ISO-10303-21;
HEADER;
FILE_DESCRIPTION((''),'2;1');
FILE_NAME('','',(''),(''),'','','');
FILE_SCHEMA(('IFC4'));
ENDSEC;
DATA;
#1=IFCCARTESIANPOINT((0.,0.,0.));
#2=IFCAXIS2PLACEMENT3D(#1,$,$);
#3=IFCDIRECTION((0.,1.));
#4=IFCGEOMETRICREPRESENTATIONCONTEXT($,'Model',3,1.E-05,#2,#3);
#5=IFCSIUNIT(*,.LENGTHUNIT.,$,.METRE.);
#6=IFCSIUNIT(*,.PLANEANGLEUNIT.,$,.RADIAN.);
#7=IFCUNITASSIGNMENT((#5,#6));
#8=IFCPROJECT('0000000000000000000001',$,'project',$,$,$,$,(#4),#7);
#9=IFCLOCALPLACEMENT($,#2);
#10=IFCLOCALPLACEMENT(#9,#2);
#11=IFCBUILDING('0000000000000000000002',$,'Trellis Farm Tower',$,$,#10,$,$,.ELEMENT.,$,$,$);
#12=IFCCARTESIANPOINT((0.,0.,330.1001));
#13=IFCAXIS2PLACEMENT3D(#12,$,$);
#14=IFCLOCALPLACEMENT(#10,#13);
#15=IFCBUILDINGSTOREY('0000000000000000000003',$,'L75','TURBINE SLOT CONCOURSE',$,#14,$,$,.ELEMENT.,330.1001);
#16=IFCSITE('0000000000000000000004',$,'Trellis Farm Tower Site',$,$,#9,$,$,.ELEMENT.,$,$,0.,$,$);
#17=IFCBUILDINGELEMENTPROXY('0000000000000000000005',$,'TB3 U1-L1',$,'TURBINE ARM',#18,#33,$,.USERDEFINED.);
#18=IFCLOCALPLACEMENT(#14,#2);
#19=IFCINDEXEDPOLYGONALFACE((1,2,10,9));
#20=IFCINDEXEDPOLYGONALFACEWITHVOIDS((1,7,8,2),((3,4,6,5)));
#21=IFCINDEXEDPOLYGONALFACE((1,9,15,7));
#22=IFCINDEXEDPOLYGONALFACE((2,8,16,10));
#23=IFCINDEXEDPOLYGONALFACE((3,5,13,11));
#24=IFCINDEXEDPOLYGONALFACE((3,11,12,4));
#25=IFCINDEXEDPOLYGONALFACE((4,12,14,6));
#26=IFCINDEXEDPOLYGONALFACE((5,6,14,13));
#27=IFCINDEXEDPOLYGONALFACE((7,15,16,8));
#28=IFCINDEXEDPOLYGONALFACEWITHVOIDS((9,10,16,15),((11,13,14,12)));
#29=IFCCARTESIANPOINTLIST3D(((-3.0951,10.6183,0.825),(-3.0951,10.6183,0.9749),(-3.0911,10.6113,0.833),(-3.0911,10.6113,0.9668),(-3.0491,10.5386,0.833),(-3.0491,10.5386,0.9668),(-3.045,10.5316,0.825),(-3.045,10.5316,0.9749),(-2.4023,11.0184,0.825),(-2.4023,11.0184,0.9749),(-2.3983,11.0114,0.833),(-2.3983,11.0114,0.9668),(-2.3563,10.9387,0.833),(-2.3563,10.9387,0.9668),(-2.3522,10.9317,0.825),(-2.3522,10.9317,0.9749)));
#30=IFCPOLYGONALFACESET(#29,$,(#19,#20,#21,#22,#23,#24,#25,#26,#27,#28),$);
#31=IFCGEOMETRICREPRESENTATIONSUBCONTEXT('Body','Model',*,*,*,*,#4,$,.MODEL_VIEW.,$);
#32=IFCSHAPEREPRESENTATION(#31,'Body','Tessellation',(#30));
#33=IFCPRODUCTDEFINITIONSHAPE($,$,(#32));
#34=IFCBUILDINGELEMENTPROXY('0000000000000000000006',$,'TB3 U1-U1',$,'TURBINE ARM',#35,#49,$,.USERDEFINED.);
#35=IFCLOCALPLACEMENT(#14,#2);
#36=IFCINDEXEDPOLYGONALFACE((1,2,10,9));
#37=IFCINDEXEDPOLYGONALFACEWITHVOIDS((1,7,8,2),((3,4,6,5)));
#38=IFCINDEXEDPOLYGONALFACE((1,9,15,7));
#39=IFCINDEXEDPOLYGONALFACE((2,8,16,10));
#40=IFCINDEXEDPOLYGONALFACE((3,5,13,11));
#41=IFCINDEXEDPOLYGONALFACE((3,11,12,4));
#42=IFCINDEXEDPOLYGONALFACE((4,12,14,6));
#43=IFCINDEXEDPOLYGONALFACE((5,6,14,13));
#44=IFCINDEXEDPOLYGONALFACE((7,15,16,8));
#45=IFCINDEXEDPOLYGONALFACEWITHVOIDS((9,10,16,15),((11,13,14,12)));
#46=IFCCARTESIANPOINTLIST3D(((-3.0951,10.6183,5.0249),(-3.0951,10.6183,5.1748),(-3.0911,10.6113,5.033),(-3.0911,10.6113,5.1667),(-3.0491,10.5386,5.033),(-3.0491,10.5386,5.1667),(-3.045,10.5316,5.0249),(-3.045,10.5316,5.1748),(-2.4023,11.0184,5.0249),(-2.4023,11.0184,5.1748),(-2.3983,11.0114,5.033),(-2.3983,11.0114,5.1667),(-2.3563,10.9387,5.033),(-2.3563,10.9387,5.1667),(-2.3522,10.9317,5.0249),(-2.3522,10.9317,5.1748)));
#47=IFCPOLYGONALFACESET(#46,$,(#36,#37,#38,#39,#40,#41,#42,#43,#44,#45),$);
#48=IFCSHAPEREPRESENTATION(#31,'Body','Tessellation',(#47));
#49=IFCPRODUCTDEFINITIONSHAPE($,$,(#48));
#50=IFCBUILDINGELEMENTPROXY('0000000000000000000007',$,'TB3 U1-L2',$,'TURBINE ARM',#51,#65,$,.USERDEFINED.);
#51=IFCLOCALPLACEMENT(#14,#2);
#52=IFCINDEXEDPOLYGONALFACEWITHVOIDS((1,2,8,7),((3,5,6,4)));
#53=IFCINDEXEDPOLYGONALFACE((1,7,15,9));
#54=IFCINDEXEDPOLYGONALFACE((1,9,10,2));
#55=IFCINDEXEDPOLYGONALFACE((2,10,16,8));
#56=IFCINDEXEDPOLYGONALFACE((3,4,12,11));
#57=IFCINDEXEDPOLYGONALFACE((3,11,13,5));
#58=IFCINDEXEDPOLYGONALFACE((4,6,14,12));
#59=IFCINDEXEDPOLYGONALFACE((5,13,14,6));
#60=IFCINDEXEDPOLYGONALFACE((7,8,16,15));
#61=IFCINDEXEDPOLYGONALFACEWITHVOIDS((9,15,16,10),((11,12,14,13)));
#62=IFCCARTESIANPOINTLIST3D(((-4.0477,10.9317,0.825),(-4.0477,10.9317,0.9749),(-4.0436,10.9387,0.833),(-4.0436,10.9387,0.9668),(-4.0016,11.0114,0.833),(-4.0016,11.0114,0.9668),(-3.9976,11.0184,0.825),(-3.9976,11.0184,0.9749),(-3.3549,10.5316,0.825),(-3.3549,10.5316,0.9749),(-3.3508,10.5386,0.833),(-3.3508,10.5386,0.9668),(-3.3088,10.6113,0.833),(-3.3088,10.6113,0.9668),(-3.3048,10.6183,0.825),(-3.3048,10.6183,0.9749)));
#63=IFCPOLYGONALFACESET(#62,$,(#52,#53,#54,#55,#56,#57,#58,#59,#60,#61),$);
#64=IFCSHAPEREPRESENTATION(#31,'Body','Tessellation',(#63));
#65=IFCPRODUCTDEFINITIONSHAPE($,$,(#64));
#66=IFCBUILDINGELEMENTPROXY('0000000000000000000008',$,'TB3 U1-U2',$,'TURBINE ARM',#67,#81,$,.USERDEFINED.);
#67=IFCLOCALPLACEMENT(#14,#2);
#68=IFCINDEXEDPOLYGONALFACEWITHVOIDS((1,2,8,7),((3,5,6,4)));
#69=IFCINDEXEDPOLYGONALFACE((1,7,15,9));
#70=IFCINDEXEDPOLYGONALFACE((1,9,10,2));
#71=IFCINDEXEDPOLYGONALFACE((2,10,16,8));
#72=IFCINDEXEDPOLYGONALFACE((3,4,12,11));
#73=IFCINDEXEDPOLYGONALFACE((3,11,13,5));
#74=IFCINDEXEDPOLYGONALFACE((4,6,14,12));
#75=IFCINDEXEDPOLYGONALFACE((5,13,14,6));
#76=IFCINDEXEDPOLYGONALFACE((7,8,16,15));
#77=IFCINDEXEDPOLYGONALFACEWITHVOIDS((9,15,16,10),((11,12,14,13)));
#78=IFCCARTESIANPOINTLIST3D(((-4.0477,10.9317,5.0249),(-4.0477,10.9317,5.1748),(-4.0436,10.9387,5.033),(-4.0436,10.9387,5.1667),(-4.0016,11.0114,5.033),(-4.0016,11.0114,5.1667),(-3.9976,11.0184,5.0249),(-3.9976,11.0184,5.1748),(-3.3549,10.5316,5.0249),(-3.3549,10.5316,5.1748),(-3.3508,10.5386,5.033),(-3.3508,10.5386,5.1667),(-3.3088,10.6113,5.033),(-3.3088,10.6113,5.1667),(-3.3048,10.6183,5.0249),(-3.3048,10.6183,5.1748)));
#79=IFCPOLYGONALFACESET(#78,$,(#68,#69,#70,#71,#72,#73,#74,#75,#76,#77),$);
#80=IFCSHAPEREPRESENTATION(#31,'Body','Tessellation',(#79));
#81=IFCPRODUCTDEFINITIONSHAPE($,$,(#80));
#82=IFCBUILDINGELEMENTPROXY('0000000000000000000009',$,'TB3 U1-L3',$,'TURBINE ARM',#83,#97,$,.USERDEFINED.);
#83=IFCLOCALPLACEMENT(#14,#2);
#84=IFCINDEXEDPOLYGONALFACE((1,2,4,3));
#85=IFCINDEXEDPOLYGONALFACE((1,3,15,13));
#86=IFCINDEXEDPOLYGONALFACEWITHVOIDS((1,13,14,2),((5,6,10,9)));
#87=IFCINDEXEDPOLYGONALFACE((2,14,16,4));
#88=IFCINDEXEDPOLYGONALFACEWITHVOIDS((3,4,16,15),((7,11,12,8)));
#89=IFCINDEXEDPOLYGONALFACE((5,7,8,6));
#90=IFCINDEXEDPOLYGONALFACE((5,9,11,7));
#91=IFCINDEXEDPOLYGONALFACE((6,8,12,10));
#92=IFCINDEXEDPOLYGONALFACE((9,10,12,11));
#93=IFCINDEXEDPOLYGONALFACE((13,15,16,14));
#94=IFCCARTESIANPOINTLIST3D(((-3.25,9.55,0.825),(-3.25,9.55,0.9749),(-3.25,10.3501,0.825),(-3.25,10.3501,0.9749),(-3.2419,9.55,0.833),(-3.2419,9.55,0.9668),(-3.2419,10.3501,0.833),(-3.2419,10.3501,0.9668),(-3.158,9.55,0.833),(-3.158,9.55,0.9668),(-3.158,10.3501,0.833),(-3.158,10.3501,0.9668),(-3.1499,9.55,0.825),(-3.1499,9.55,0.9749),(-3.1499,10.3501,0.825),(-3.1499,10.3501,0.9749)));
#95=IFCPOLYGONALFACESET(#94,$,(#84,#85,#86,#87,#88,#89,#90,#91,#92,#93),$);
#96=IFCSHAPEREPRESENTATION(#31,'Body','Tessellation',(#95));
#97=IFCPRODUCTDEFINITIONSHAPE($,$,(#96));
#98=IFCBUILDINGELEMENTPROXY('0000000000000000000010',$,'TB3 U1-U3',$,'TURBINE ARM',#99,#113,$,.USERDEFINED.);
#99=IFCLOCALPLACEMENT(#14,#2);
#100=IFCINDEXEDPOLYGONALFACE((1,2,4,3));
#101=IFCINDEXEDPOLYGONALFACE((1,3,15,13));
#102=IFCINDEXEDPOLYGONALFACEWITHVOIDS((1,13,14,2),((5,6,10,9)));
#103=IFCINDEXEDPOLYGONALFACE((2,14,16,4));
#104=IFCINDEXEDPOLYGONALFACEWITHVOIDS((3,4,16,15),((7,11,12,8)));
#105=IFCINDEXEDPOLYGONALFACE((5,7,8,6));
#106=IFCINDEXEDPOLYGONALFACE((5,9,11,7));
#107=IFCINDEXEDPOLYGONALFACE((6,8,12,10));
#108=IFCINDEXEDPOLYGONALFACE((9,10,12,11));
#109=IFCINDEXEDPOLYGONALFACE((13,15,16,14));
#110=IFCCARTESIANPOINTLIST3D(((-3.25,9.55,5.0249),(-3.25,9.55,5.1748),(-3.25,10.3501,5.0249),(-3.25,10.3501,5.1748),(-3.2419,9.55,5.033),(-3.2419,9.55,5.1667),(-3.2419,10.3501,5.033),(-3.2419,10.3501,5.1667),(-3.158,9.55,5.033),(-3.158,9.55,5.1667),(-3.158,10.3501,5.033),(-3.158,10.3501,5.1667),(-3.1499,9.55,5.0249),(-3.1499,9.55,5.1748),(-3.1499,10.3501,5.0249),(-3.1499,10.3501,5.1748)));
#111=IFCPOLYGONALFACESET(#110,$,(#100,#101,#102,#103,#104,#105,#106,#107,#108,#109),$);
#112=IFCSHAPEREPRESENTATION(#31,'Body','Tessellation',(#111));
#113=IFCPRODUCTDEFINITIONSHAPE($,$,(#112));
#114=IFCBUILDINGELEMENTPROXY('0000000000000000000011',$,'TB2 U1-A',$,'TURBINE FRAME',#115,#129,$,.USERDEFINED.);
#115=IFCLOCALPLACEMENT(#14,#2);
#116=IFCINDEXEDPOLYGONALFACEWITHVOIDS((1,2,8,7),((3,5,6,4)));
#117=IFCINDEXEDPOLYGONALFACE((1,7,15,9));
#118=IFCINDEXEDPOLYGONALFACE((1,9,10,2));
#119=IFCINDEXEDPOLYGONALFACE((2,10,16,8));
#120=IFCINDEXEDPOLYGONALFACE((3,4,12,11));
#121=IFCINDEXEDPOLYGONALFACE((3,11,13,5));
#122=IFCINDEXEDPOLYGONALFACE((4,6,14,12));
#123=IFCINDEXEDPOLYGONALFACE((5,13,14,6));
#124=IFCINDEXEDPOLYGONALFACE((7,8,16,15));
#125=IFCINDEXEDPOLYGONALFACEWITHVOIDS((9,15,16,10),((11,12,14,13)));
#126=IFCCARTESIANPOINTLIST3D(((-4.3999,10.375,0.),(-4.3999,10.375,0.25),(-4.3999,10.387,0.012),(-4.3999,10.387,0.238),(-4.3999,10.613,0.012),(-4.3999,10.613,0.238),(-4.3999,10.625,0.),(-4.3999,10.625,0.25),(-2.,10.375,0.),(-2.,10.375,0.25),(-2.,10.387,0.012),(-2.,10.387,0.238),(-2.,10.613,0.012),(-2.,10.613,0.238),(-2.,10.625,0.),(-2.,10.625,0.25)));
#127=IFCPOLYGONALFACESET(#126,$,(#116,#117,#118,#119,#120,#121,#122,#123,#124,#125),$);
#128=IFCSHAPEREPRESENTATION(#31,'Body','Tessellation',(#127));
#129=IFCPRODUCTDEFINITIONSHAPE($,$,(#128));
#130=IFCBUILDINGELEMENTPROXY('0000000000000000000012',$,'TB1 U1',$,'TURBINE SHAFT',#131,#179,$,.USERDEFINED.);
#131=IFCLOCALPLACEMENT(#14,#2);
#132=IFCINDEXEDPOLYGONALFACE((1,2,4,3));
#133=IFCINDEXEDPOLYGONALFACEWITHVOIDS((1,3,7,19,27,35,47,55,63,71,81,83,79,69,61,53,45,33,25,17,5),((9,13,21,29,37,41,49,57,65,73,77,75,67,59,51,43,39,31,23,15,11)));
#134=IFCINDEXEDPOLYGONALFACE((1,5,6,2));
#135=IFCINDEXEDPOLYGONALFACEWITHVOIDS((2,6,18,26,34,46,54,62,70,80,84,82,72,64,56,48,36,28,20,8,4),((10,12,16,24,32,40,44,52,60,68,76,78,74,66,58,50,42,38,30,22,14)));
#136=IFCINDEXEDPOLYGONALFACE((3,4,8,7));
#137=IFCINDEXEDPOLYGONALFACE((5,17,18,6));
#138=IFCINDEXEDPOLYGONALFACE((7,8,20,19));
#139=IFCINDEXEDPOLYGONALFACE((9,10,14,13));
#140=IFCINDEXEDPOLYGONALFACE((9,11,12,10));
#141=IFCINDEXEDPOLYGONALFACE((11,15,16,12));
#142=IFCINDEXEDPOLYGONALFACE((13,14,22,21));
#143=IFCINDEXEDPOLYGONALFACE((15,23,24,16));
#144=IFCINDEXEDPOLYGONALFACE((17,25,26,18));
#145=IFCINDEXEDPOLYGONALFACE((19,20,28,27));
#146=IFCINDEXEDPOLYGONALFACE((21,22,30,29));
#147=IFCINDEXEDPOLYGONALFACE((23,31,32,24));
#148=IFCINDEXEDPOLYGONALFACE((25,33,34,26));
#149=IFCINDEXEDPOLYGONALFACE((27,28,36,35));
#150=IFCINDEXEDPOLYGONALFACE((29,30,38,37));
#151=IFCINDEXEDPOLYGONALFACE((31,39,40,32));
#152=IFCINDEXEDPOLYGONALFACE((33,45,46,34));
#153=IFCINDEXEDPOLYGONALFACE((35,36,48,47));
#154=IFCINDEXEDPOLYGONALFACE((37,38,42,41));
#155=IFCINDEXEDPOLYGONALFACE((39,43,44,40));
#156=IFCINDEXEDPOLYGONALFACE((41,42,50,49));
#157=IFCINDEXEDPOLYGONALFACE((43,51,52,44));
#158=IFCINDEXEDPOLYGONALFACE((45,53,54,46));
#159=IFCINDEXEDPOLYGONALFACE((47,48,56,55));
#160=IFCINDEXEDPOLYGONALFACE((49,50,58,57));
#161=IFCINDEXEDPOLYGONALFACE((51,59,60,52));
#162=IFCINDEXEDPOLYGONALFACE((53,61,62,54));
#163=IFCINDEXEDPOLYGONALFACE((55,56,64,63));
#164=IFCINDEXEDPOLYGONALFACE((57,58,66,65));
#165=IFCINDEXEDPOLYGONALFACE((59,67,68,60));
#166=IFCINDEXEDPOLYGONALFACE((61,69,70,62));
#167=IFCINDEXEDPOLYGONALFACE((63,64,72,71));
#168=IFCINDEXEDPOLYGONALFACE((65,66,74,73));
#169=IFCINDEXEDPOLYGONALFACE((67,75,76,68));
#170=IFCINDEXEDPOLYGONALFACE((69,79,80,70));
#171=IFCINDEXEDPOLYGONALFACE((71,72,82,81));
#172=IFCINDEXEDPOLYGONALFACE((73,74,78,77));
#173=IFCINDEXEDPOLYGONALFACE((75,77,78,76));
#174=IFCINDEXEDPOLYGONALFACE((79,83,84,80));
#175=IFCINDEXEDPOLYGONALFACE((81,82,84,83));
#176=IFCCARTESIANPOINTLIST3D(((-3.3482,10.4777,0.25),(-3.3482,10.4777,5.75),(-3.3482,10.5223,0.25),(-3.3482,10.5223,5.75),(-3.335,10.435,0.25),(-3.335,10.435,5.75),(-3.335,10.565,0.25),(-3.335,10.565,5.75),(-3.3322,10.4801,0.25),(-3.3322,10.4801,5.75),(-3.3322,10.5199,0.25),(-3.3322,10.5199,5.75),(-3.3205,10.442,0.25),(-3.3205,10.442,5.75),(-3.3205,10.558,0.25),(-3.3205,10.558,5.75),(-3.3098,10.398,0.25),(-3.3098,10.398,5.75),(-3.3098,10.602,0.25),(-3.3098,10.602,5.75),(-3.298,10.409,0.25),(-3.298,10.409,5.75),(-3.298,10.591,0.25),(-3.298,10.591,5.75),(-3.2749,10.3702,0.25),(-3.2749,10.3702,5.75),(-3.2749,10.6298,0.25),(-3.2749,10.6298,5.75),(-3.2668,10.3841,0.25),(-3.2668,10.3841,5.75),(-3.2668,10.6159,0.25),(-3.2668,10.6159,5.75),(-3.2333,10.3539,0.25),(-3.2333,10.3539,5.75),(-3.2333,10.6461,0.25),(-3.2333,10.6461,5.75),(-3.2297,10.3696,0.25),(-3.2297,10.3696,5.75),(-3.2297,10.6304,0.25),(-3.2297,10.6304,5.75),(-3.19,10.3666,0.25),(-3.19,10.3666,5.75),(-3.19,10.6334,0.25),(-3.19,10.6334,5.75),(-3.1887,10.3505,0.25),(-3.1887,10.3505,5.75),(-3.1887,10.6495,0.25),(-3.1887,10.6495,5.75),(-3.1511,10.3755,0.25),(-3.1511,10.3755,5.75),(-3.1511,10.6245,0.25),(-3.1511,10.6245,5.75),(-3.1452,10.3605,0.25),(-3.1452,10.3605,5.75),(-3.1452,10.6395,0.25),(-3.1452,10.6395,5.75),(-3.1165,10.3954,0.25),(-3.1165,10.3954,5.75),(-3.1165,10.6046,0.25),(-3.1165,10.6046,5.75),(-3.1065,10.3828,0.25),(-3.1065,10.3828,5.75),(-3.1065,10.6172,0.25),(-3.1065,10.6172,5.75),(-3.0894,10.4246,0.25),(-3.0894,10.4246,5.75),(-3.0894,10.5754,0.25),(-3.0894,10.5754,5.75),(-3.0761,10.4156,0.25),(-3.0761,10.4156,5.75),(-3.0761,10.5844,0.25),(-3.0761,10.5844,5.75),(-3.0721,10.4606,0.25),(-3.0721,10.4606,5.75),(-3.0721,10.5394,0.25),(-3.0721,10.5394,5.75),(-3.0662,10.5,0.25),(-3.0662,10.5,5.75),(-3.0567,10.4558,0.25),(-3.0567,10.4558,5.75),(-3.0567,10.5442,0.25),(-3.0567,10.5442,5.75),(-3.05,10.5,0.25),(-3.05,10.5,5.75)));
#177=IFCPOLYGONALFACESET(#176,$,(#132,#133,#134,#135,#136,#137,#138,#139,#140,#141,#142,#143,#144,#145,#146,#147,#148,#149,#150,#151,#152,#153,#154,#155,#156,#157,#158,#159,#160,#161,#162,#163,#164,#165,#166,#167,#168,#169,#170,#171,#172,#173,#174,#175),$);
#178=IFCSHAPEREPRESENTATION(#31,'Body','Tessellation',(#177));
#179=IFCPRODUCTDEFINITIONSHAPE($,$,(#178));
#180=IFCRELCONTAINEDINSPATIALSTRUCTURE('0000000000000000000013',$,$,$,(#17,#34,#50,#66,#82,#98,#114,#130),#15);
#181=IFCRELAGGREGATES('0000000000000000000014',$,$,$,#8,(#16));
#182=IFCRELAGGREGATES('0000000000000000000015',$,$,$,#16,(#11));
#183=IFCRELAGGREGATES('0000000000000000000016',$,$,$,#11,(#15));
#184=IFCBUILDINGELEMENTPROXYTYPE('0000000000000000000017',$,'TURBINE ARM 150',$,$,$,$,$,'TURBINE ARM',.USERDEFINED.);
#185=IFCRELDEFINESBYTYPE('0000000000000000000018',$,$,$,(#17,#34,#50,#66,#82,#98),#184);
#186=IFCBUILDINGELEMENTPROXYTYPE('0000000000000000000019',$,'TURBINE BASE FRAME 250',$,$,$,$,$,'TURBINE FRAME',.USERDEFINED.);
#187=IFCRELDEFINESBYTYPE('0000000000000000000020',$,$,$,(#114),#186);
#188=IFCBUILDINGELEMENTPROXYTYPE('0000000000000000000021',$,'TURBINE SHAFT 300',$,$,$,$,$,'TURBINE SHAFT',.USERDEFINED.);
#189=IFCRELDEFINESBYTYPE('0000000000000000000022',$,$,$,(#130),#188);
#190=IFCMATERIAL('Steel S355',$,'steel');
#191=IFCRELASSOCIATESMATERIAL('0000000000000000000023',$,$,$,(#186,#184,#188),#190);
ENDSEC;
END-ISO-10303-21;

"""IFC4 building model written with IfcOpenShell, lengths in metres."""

from ifc_helpers import new_model, si_unit, direction, frame, origin, origin_2d, place, context, subcontext, project, spatial, hollow_rectangle, hollow_circle, extrude, source, transform, mapped, material, material_profile, profile_set, type_object, element, save


model = new_model("IFC4")

# Units and contexts
model_context = context("Model", 3, precision=1e-05, world=origin(), true_north=direction((0.0, 1.0)))
body_context = subcontext(model_context, "Body", "Model", "MODEL_VIEW")
ifc_project = project(units=[si_unit("LENGTHUNIT", "METRE"), si_unit("PLANEANGLEUNIT", "RADIAN")], contexts=[model_context])

# Site, building, storey
site_placement = place(None, origin())
site = spatial("IfcSite", under=ifc_project, at=site_placement, Name="Trellis Farm Tower Site", CompositionType="ELEMENT", RefElevation=0.0)
building_placement = place(site_placement, origin())
building = spatial("IfcBuilding", under=site, at=building_placement, Name="Trellis Farm Tower", CompositionType="ELEMENT")
storey_placement = place(building_placement, frame((0.0, 0.0, 330.1001)))
storey = spatial("IfcBuildingStorey", under=building, at=storey_placement, Name="L75", Description="TURBINE SLOT CONCOURSE", CompositionType="ELEMENT", Elevation=330.1001)

# Shared definitions
ifc_material_1 = material(Name="Steel S355", Category="steel")

# Building element proxies
ifc_material_profile_1 = material_profile(ifc_material_1, hollow_rectangle(XDim=0.25, YDim=0.25, WallThickness=0.012, at=origin_2d()), Name="RHS 250x250x12")
ifc_profile_set_1 = profile_set([ifc_material_profile_1], Name="Steel S355")
building_element_proxy_type_1 = type_object("IfcBuildingElementProxyType", Name="TURBINE BASE FRAME 250", ElementType="TURBINE FRAME", PredefinedType="USERDEFINED", material=ifc_profile_set_1)
ifc_material_profile_2 = material_profile(ifc_material_1, hollow_rectangle(XDim=0.1001, YDim=0.1499, WallThickness=0.0081, at=origin_2d()), Name="RHS 150x100x8")
ifc_profile_set_2 = profile_set([ifc_material_profile_2], Name="Steel S355")
building_element_proxy_type_2 = type_object("IfcBuildingElementProxyType", Name="TURBINE ARM 150", ElementType="TURBINE ARM", PredefinedType="USERDEFINED", material=ifc_profile_set_2)
shared_shape_1 = source(origin(), body_context, "Body", "SweptSolid", [
    extrude(hollow_rectangle(XDim=0.1001, YDim=0.1499, WallThickness=0.0081, at=origin_2d()), origin(), (0.0, 0.0, 1.0), 0.8),
])
for number, where, z_axis, x_axis, name in (
    (1, (-3.0701, 10.575, 0.8999), (0.865962, 0.50011, 0.0), (-0.50011, 0.865962, 0.0), "TB3 U1-L1"),
    (2, (-3.0701, 10.575, 5.0999), (0.865962, 0.50011, 0.0), (-0.50011, 0.865962, 0.0), "TB3 U1-U1"),
    (3, (-3.3298, 10.575, 0.8999), (-0.865962, 0.50011, 0.0), (-0.50011, -0.865962, 0.0), "TB3 U1-L2"),
    (4, (-3.3298, 10.575, 5.0999), (-0.865962, 0.50011, 0.0), (-0.50011, -0.865962, 0.0), "TB3 U1-U2"),
    (5, (-3.2, 10.3501, 0.8999), (0.0, -1.0, 0.0), (1.0, 0.0, 0.0), "TB3 U1-L3"),
    (6, (-3.2, 10.3501, 5.0999), (0.0, -1.0, 0.0), (1.0, 0.0, 0.0), "TB3 U1-U3"),
):
    element("IfcBuildingElementProxy", number, at=place(storey_placement, frame(where, z_axis=z_axis, x_axis=x_axis)), inside=storey, type_object=building_element_proxy_type_2, Name=name, ObjectType="TURBINE ARM", PredefinedType="USERDEFINED", context=body_context, shape_type="MappedRepresentation", body=[
        mapped(shared_shape_1, transform((0.0, 0.0, 0.0))),
    ])
shared_shape_2 = source(origin(), body_context, "Body", "SweptSolid", [
    extrude(hollow_rectangle(XDim=0.25, YDim=0.25, WallThickness=0.012, at=origin_2d()), origin(), (0.0, 0.0, 1.0), 2.3999),
])
proxy_1_placement = place(storey_placement, frame((-4.3999, 10.5, 0.125), z_axis=(1.0, 0.0, 0.0), x_axis=(0.0, 1.0, 0.0)))
element("IfcBuildingElementProxy", 7, at=proxy_1_placement, inside=storey, type_object=building_element_proxy_type_1, Name="TB2 U1-A", ObjectType="TURBINE FRAME", PredefinedType="USERDEFINED", context=body_context, shape_type="MappedRepresentation", body=[
    mapped(shared_shape_2, transform((0.0, 0.0, 0.0))),
])
ifc_material_profile_3 = material_profile(ifc_material_1, hollow_circle(Radius=0.1499, WallThickness=0.0161, at=origin_2d()), Name="CHS 300x16")
ifc_profile_set_3 = profile_set([ifc_material_profile_3], Name="Steel S355")
building_element_proxy_type_3 = type_object("IfcBuildingElementProxyType", Name="TURBINE SHAFT 300", ElementType="TURBINE SHAFT", PredefinedType="USERDEFINED", material=ifc_profile_set_3)
shared_shape_3 = source(origin(), body_context, "Body", "SweptSolid", [
    extrude(hollow_circle(Radius=0.1499, WallThickness=0.0161, at=origin_2d()), origin(), (0.0, 0.0, 1.0), 5.5),
])
proxy_2_placement = place(storey_placement, frame((-3.2, 10.5, 0.25), z_axis=(0.0, 0.0, 1.0), x_axis=(1.0, 0.0, 0.0)))
element("IfcBuildingElementProxy", 8, at=proxy_2_placement, inside=storey, type_object=building_element_proxy_type_3, Name="TB1 U1", ObjectType="TURBINE SHAFT", PredefinedType="USERDEFINED", context=body_context, shape_type="MappedRepresentation", body=[
    mapped(shared_shape_3, transform((0.0, 0.0, 0.0))),
])

save(model, "model.ifc")
